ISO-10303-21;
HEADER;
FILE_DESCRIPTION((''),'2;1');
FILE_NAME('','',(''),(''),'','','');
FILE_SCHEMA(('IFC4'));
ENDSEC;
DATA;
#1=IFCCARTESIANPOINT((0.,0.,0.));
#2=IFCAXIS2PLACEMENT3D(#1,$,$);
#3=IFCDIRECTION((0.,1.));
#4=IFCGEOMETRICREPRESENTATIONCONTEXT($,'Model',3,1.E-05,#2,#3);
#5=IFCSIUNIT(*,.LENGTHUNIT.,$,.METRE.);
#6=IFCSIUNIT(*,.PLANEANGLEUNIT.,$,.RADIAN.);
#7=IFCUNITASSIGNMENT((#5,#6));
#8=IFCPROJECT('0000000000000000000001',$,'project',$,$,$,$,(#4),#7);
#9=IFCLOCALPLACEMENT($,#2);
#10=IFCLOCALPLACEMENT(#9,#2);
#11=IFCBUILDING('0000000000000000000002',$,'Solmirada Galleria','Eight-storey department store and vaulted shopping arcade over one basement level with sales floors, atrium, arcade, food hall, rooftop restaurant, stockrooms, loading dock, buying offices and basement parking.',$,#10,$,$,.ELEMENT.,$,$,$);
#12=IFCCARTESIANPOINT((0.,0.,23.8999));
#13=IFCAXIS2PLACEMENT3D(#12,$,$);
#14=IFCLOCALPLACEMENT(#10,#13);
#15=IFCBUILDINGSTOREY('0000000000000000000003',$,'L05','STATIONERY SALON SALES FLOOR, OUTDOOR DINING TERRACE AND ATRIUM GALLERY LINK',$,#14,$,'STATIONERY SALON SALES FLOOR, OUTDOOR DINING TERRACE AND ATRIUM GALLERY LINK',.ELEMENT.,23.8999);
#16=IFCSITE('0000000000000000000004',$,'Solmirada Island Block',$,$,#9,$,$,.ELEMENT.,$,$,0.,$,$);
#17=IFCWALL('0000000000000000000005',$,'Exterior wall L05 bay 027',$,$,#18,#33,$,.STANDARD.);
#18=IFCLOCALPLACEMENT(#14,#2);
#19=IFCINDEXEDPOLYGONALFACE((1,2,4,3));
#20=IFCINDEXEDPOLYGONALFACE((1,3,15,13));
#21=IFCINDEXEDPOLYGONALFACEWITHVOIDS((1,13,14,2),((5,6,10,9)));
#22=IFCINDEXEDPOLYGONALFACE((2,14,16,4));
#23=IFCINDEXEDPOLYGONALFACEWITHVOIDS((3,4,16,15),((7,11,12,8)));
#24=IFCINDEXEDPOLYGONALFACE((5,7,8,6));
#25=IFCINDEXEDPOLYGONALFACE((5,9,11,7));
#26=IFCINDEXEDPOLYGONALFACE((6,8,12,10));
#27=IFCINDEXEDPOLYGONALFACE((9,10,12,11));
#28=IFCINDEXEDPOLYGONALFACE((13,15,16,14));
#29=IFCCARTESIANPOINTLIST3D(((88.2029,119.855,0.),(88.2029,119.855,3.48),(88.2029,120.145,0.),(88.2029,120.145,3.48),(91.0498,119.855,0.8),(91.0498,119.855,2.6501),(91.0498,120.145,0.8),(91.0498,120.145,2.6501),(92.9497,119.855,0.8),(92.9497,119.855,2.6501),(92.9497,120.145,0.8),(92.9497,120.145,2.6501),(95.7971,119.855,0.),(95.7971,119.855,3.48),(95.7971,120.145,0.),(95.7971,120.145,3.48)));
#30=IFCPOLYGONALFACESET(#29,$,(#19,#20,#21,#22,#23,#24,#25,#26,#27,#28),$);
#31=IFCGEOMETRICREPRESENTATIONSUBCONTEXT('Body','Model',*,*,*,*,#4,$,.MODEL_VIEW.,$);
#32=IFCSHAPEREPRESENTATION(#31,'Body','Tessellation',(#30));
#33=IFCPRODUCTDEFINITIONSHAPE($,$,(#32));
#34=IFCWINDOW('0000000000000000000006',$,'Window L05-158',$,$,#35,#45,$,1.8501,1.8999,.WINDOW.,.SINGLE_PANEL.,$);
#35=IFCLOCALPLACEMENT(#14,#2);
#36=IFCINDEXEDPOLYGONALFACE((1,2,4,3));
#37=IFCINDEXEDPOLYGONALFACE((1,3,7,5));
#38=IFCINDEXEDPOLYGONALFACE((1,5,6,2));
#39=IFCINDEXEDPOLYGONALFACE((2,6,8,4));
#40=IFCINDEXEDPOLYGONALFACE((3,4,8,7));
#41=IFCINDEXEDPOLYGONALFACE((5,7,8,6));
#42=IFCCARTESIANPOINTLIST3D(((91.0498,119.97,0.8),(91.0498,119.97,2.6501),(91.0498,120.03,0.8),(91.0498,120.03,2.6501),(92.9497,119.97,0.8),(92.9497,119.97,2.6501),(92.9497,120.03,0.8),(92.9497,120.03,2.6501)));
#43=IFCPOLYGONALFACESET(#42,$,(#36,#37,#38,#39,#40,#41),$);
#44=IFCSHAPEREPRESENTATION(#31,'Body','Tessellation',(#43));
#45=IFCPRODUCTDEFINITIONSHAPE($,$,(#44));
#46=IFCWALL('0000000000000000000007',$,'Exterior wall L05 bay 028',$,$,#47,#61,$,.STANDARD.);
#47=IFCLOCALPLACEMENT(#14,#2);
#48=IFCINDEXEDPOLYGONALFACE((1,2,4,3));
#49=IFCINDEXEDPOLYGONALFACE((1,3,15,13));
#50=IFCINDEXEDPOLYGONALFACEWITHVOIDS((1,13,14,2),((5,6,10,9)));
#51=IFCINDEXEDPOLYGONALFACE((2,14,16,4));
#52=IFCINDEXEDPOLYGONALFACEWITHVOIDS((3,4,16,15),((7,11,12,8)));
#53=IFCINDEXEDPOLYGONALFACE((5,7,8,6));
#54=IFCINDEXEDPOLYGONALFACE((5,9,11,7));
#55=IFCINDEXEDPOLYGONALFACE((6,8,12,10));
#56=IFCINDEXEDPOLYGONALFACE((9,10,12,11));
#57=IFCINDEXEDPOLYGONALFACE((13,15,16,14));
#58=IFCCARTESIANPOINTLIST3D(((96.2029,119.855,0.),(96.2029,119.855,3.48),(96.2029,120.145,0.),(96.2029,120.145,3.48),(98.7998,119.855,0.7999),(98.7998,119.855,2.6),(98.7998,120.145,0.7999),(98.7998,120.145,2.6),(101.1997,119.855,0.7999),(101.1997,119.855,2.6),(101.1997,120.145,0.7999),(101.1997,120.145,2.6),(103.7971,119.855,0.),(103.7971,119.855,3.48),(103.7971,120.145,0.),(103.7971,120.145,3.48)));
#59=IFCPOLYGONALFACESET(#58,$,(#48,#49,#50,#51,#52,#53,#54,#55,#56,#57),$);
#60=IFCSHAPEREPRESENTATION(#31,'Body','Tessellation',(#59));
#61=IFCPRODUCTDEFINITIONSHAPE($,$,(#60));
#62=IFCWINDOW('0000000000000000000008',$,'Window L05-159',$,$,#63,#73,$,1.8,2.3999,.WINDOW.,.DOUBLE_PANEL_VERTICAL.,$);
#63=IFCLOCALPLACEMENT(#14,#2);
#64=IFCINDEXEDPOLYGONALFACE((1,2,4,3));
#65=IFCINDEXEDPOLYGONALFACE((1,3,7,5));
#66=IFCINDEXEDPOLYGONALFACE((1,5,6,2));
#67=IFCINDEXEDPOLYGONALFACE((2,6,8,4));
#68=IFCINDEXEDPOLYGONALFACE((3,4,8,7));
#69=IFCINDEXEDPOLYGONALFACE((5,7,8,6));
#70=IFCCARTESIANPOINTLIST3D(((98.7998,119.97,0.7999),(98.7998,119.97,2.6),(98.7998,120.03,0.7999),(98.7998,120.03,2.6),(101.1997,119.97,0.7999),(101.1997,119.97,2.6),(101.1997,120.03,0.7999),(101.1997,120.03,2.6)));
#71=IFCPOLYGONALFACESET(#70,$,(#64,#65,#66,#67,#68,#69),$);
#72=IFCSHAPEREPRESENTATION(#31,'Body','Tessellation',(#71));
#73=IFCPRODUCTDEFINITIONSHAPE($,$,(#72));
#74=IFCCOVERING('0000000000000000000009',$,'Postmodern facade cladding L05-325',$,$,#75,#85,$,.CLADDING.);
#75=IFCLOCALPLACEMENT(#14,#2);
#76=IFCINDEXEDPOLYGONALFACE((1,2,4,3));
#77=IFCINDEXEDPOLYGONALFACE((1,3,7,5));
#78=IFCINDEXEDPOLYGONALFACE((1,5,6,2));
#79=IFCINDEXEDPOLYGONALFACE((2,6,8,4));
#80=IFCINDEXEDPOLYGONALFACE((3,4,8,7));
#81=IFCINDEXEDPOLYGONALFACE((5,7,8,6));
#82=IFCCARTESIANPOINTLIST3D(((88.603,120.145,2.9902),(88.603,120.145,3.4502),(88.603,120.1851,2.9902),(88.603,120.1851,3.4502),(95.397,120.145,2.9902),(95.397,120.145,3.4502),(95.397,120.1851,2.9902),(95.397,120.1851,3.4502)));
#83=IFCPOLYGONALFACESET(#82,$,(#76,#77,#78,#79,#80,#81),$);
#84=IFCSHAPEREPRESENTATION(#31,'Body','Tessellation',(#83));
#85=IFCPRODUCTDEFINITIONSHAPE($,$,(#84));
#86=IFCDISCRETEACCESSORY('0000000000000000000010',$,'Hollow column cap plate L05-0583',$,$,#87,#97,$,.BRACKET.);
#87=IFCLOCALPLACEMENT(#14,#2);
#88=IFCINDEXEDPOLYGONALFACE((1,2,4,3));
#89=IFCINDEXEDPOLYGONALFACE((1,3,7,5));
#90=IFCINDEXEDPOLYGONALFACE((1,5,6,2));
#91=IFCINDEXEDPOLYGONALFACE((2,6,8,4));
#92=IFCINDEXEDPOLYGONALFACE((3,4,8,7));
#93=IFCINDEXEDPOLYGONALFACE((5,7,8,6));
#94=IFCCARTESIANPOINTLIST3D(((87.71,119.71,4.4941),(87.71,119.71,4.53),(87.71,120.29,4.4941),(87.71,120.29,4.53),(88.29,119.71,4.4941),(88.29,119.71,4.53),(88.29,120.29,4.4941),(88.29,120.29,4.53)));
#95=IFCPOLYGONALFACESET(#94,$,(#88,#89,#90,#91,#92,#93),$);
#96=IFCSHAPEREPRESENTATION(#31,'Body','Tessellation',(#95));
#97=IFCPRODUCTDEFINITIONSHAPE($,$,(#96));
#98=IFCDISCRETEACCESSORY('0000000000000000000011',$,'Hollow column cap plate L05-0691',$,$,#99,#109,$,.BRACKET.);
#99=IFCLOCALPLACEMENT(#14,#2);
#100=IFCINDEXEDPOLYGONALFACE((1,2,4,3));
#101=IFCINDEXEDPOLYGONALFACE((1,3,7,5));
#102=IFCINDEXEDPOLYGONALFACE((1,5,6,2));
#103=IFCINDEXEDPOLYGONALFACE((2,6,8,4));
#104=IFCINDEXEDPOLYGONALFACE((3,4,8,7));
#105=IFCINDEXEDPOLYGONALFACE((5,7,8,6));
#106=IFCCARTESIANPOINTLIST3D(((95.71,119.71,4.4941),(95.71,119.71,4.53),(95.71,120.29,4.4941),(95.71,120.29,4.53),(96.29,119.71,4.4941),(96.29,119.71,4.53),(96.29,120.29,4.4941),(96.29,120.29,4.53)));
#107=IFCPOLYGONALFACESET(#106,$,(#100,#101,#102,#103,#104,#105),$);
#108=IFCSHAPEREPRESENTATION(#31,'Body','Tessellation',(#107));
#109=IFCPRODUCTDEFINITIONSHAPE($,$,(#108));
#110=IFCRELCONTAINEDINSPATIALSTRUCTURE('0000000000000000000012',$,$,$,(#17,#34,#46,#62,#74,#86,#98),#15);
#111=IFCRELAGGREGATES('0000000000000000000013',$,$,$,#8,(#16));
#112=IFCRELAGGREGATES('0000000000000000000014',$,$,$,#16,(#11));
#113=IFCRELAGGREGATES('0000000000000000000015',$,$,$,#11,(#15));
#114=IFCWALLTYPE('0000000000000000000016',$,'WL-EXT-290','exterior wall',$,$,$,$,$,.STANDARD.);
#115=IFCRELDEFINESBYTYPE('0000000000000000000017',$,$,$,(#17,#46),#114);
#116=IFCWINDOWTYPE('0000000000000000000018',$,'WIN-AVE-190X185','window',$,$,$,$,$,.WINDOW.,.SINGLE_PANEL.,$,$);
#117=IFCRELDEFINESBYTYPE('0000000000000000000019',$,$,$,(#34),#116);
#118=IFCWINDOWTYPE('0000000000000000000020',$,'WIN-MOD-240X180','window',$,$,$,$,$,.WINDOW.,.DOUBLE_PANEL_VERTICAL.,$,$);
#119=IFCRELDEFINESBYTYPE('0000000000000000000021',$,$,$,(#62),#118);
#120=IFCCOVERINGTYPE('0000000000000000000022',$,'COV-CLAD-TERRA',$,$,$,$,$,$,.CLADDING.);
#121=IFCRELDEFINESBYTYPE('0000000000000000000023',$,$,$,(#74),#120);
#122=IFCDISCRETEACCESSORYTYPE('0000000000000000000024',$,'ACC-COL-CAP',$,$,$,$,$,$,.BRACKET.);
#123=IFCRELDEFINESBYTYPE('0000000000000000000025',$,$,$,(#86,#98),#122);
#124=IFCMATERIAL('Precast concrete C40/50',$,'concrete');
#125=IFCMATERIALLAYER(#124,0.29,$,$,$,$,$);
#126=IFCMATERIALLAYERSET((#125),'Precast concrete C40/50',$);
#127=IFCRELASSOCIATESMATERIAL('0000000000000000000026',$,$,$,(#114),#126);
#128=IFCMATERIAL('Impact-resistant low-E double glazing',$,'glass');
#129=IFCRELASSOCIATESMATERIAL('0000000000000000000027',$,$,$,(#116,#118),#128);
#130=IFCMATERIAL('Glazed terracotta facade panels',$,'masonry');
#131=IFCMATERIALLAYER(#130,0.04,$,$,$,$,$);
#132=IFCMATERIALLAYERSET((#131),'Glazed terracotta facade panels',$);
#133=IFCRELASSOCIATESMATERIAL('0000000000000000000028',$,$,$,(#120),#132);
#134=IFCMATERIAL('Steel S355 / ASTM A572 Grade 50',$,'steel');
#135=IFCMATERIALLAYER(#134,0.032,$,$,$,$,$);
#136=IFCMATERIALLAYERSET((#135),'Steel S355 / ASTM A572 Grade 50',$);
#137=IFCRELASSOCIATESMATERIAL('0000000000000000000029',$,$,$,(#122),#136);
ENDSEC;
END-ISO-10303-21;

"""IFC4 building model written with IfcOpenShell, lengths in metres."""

from ifc_helpers import new_model, si_unit, direction, frame, frame_2d, origin, origin_2d, place, context, subcontext, project, spatial, rectangle, extrude, material, layer, layer_set, type_object, element, fill, save


model = new_model("IFC4")

# Units and contexts
model_context = context("Model", 3, precision=1e-05, world=origin(), true_north=direction((0.0, 1.0)))
body_context = subcontext(model_context, "Body", "Model", "MODEL_VIEW")
ifc_project = project(units=[si_unit("LENGTHUNIT", "METRE"), si_unit("PLANEANGLEUNIT", "RADIAN")], contexts=[model_context])

# Site, building, storey
site_placement = place(None, origin())
site = spatial("IfcSite", under=ifc_project, at=site_placement, Name="Solmirada Island Block", CompositionType="ELEMENT", RefElevation=0.0)
building_placement = place(site_placement, origin())
building = spatial("IfcBuilding", under=site, at=building_placement, Name="Solmirada Galleria", Description="Eight-storey department store and vaulted shopping arcade over one basement level with sales floors, atrium, arcade, food hall, rooftop restaurant, stockrooms, loading dock, buying offices and basement parking.", CompositionType="ELEMENT")
storey_placement = place(building_placement, frame((0.0, 0.0, 23.8999)))
storey = spatial("IfcBuildingStorey", under=building, at=storey_placement, Name="L05", Description="STATIONERY SALON SALES FLOOR, OUTDOOR DINING TERRACE AND ATRIUM GALLERY LINK", LongName="STATIONERY SALON SALES FLOOR, OUTDOOR DINING TERRACE AND ATRIUM GALLERY LINK", CompositionType="ELEMENT", Elevation=23.8999)

# Walls, openings, windows
ifc_material_1 = material(Name="Precast concrete C40/50", Category="concrete")
ifc_layer_1 = layer(ifc_material_1, 0.29)
ifc_layer_set_1 = layer_set([ifc_layer_1], Name="Precast concrete C40/50")
wall_type = type_object("IfcWallType", Name="WL-EXT-290", Description="exterior wall", PredefinedType="STANDARD", material=ifc_layer_set_1)
wall_1_placement = place(storey_placement, frame((88.2029, 120.0, 0.0), z_axis=(0.0, 0.0, 1.0), x_axis=(1.0, 0.0, 0.0)))
wall_1 = element("IfcWall", 1, at=wall_1_placement, inside=storey, type_object=wall_type, Name="Exterior wall L05 bay 027", PredefinedType="STANDARD", context=body_context, shape_type="SweptSolid", body=[
    extrude(rectangle(XDim=7.5942, YDim=0.29, at=frame_2d((3.7971, 0.0))), origin(), (0.0, 0.0, 1.0), 3.48),
])
opening_1_placement = place(wall_1_placement, frame((2.8469, 0.0, 0.8)))
opening_1 = element("IfcOpeningElement", 2, at=opening_1_placement, cuts=wall_1, PredefinedType="OPENING", context=body_context, shape_type="SweptSolid", body=[
    extrude(rectangle(XDim=1.8999, YDim=1.8501, at=frame_2d((0.95, 0.925))), frame((0.0, 0.155, 0.0), z_axis=(0.0, -1.0, 0.0), x_axis=(1.0, 0.0, 0.0)), (0.0, 0.0, 1.0), 0.3101),
])
ifc_material_2 = material(Name="Impact-resistant low-E double glazing", Category="glass")
window_type_1 = type_object("IfcWindowType", Name="WIN-AVE-190X185", Description="window", PartitioningType="SINGLE_PANEL", PredefinedType="WINDOW", material=ifc_material_2)
window_1_placement = place(opening_1_placement, origin())
window_1 = element("IfcWindow", 3, at=window_1_placement, inside=storey, type_object=window_type_1, Name="Window L05-158", OverallHeight=1.8501, OverallWidth=1.8999, PartitioningType="SINGLE_PANEL", PredefinedType="WINDOW", context=body_context, shape_type="SweptSolid", body=[
    extrude(rectangle(XDim=1.8999, YDim=1.8501, at=frame_2d((0.95, 0.925))), frame((0.0, 0.03, 0.0), z_axis=(0.0, -1.0, 0.0), x_axis=(1.0, 0.0, 0.0)), (0.0, 0.0, 1.0), 0.0601),
])
fill(opening_1, window_1)
wall_2_placement = place(storey_placement, frame((96.2029, 120.0, 0.0), z_axis=(0.0, 0.0, 1.0), x_axis=(1.0, 0.0, 0.0)))
wall_2 = element("IfcWall", 4, at=wall_2_placement, inside=storey, type_object=wall_type, Name="Exterior wall L05 bay 028", PredefinedType="STANDARD", context=body_context, shape_type="SweptSolid", body=[
    extrude(rectangle(XDim=7.5942, YDim=0.29, at=frame_2d((3.7971, 0.0))), origin(), (0.0, 0.0, 1.0), 3.48),
])
opening_2_placement = place(wall_2_placement, frame((2.5969, 0.0, 0.8)))
opening_2 = element("IfcOpeningElement", 5, at=opening_2_placement, cuts=wall_2, PredefinedType="OPENING", context=body_context, shape_type="SweptSolid", body=[
    extrude(rectangle(XDim=2.3999, YDim=1.8, at=frame_2d((1.2, 0.8999))), frame((0.0, 0.155, 0.0), z_axis=(0.0, -1.0, 0.0), x_axis=(1.0, 0.0, 0.0)), (0.0, 0.0, 1.0), 0.3101),
])
window_type_2 = type_object("IfcWindowType", Name="WIN-MOD-240X180", Description="window", PartitioningType="DOUBLE_PANEL_VERTICAL", PredefinedType="WINDOW", material=ifc_material_2)
window_2_placement = place(opening_2_placement, origin())
window_2 = element("IfcWindow", 6, at=window_2_placement, inside=storey, type_object=window_type_2, Name="Window L05-159", OverallHeight=1.8, OverallWidth=2.3999, PartitioningType="DOUBLE_PANEL_VERTICAL", PredefinedType="WINDOW", context=body_context, shape_type="SweptSolid", body=[
    extrude(rectangle(XDim=2.3999, YDim=1.8, at=frame_2d((1.2, 0.8999))), frame((0.0, 0.03, 0.0), z_axis=(0.0, -1.0, 0.0), x_axis=(1.0, 0.0, 0.0)), (0.0, 0.0, 1.0), 0.0601),
])
fill(opening_2, window_2)

# Covering
ifc_material_3 = material(Name="Glazed terracotta facade panels", Category="masonry")
ifc_layer_2 = layer(ifc_material_3, 0.04)
ifc_layer_set_2 = layer_set([ifc_layer_2], Name="Glazed terracotta facade panels")
covering_type = type_object("IfcCoveringType", Name="COV-CLAD-TERRA", PredefinedType="CLADDING", material=ifc_layer_set_2)
covering_placement = place(storey_placement, frame((92.0, 120.165, 2.9902), z_axis=(0.0, 0.0, 1.0), x_axis=(1.0, 0.0, 0.0)))
element("IfcCovering", 7, at=covering_placement, inside=storey, type_object=covering_type, Name="Postmodern facade cladding L05-325", PredefinedType="CLADDING", context=body_context, shape_type="SweptSolid", body=[
    extrude(rectangle(XDim=6.7939, YDim=0.04, at=origin_2d()), origin(), (0.0, 0.0, 1.0), 0.46),
])

# Discrete accessories
ifc_material_4 = material(Name="Steel S355 / ASTM A572 Grade 50", Category="steel")
ifc_layer_3 = layer(ifc_material_4, 0.032)
ifc_layer_set_3 = layer_set([ifc_layer_3], Name="Steel S355 / ASTM A572 Grade 50")
discrete_accessory_type = type_object("IfcDiscreteAccessoryType", Name="ACC-COL-CAP", PredefinedType="BRACKET", material=ifc_layer_set_3)
for number, where, z_axis, x_axis, name in (
    (8, (88.0, 120.0, 4.4941), (0.0, 0.0, 1.0), (1.0, 0.0, 0.0), "Hollow column cap plate L05-0583"),
    (9, (96.0, 120.0, 4.4941), (0.0, 0.0, 1.0), (1.0, 0.0, 0.0), "Hollow column cap plate L05-0691"),
):
    element("IfcDiscreteAccessory", number, at=place(storey_placement, frame(where, z_axis=z_axis, x_axis=x_axis)), inside=storey, type_object=discrete_accessory_type, Name=name, PredefinedType="BRACKET", context=body_context, shape_type="SweptSolid", body=[
        extrude(rectangle(XDim=0.5801, YDim=0.5801, at=origin_2d()), origin(), (0.0, 0.0, 1.0), 0.0359),
    ])

save(model, "model.ifc")
